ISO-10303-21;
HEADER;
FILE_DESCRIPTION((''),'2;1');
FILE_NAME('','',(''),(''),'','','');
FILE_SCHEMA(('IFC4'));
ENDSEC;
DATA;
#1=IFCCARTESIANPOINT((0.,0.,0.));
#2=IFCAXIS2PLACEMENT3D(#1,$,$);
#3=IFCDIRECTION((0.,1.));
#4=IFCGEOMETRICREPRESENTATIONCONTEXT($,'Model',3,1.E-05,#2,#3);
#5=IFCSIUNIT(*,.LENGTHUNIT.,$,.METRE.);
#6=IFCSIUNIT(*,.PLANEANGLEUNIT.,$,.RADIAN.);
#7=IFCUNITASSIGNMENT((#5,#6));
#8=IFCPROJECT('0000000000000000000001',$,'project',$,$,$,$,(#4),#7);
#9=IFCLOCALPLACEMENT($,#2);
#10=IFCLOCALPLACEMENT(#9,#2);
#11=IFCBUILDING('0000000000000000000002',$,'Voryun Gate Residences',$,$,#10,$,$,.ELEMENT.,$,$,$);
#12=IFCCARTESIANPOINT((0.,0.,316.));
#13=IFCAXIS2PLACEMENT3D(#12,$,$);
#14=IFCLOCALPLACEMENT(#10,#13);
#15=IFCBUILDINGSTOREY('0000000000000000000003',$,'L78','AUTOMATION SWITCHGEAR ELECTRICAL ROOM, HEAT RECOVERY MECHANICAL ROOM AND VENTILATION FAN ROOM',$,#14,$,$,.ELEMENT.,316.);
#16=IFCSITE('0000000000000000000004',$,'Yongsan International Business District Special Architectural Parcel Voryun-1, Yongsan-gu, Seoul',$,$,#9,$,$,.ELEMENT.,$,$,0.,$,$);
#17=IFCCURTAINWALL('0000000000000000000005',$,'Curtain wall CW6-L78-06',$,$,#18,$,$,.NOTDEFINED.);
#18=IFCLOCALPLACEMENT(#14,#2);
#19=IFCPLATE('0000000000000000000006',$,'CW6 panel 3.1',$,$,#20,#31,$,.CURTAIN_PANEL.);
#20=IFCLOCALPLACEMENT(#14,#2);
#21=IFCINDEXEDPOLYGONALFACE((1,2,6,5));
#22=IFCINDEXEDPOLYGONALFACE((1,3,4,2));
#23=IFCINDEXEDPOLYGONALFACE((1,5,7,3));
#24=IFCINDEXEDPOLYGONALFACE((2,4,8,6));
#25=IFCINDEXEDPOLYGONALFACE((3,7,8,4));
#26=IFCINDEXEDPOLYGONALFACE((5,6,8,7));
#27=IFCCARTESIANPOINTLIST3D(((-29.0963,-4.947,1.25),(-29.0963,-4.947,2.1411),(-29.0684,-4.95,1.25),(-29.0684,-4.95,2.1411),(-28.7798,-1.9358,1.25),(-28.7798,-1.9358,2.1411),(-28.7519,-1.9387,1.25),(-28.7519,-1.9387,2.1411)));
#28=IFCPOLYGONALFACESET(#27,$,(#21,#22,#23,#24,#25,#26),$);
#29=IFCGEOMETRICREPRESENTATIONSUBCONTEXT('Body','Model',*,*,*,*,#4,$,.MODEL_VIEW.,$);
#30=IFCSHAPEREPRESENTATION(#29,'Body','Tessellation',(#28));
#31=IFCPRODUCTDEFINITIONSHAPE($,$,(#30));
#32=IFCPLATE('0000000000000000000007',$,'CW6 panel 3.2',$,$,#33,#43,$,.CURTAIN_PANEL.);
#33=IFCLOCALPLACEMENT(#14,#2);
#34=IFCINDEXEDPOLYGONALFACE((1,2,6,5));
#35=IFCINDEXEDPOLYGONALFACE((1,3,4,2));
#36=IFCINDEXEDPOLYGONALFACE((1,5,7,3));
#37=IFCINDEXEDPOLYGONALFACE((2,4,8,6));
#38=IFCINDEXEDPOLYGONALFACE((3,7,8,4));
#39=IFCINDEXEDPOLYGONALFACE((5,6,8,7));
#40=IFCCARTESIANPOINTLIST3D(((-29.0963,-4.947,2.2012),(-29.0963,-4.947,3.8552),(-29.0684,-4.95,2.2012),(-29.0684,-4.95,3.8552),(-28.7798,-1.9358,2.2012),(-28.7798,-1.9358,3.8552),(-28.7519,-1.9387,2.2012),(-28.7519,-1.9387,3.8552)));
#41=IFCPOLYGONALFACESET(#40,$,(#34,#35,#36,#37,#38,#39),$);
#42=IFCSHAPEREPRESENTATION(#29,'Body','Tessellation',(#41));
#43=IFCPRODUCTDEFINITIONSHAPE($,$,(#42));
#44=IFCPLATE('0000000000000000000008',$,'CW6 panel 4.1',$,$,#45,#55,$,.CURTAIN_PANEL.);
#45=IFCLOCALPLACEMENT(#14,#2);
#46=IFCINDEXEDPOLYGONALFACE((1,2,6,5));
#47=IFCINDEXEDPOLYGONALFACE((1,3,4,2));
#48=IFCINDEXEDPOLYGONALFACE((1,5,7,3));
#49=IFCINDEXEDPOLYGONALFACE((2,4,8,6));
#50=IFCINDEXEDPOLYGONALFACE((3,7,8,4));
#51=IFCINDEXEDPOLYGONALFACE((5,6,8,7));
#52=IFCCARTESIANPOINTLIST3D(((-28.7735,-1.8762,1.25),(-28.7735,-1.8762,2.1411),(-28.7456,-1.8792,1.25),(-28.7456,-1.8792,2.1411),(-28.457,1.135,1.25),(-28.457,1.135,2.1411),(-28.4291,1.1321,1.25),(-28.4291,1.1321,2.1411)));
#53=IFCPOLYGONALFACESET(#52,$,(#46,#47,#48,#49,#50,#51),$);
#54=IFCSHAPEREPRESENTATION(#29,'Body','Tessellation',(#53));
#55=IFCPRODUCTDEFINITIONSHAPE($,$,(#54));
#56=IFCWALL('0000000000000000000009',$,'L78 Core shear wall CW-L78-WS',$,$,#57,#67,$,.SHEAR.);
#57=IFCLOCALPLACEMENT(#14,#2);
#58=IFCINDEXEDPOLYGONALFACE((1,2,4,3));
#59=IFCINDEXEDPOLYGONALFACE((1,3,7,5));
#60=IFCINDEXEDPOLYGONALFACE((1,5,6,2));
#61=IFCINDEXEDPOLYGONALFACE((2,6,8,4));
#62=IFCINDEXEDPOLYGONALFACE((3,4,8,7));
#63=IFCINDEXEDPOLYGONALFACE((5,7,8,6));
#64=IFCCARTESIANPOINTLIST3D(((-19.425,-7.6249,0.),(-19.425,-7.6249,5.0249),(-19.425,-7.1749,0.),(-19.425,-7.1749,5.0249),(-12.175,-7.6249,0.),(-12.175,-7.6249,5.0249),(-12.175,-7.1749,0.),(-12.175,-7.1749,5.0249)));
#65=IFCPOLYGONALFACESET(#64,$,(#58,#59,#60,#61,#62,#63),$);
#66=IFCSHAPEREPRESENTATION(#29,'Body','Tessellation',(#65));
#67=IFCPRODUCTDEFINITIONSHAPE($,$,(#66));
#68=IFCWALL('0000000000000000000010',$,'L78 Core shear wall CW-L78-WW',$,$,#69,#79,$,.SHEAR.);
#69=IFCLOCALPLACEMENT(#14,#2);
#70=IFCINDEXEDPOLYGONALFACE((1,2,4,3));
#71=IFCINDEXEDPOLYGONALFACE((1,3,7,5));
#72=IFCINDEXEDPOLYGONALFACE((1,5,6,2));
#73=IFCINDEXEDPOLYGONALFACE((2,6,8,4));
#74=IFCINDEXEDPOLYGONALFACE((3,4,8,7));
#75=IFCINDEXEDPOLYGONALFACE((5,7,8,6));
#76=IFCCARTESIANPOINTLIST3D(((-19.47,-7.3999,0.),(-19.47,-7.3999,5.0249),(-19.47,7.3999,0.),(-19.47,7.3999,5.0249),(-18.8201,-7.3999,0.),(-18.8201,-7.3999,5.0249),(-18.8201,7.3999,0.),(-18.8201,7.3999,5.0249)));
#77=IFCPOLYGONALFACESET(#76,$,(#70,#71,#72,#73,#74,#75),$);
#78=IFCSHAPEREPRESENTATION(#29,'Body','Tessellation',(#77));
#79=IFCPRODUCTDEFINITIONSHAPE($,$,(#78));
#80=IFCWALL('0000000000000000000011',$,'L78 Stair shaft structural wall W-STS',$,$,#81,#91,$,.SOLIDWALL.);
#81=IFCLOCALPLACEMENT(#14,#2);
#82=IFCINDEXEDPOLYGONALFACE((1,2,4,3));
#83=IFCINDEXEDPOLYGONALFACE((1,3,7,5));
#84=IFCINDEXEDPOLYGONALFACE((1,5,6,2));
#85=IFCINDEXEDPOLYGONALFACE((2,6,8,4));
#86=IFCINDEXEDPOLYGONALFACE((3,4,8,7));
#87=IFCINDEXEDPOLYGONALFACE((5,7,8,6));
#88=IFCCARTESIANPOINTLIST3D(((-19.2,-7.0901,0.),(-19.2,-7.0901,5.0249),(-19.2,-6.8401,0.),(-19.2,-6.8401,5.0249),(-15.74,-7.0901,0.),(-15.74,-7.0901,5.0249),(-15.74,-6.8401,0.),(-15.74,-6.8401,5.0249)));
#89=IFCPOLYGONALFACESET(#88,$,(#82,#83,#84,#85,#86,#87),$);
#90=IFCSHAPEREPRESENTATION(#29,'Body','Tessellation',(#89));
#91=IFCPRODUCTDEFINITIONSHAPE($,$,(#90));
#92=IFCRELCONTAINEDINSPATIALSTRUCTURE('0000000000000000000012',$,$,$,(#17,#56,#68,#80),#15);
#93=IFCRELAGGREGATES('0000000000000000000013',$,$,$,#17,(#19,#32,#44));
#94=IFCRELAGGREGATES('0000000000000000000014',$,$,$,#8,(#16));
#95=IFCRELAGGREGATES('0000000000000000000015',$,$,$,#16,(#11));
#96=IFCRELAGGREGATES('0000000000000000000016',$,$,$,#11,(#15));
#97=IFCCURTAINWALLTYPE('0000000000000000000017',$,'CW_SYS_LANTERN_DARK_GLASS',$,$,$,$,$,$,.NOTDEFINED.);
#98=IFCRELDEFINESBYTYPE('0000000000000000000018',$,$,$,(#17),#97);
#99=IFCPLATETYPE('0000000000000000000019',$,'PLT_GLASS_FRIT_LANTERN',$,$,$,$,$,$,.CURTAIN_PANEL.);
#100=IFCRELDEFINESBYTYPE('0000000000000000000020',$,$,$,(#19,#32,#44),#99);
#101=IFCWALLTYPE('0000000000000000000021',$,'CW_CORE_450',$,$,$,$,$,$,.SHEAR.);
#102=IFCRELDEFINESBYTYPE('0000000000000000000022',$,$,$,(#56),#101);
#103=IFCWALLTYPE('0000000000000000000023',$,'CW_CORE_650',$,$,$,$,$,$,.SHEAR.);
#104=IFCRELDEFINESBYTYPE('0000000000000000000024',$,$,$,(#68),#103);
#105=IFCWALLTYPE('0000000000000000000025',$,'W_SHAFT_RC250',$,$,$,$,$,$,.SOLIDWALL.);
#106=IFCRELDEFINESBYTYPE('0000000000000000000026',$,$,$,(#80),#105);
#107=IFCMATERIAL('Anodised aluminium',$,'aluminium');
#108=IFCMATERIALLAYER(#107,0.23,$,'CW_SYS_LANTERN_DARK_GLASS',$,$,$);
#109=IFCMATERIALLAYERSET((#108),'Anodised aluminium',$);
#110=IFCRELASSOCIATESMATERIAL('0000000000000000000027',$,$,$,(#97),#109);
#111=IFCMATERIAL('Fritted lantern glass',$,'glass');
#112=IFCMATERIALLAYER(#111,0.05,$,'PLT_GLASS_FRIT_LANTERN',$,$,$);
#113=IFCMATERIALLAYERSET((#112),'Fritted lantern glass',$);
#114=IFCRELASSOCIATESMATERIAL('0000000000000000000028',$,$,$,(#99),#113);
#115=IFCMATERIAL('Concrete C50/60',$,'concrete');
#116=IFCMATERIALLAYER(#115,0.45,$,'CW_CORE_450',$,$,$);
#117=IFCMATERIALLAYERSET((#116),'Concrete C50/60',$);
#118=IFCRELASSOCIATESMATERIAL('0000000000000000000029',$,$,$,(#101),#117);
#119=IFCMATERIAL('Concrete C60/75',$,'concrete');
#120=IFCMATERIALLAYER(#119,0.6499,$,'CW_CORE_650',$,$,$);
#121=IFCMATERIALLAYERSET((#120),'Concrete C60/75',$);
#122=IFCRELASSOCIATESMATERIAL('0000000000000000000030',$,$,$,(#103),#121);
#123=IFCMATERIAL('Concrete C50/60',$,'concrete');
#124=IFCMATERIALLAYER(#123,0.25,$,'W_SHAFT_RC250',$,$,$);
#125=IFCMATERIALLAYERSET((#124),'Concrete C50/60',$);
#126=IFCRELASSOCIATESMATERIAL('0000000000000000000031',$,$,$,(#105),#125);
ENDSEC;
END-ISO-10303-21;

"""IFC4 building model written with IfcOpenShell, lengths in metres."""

from ifc_helpers import new_model, si_unit, direction, frame, frame_2d, origin, origin_2d, place, context, subcontext, project, spatial, rectangle, extrude, material, layer, layer_set, type_object, element, aggregate, save


model = new_model("IFC4")

# Units and contexts
model_context = context("Model", 3, precision=1e-05, world=origin(), true_north=direction((0.0, 1.0)))
body_context = subcontext(model_context, "Body", "Model", "MODEL_VIEW")
ifc_project = project(units=[si_unit("LENGTHUNIT", "METRE"), si_unit("PLANEANGLEUNIT", "RADIAN")], contexts=[model_context])

# Site, building, storey
site_placement = place(None, origin())
site = spatial("IfcSite", under=ifc_project, at=site_placement, Name="Yongsan International Business District Special Architectural Parcel Voryun-1, Yongsan-gu, Seoul", CompositionType="ELEMENT", RefElevation=0.0)
building_placement = place(site_placement, origin())
building = spatial("IfcBuilding", under=site, at=building_placement, Name="Voryun Gate Residences", CompositionType="ELEMENT")
storey_placement = place(building_placement, frame((0.0, 0.0, 316.0)))
storey = spatial("IfcBuildingStorey", under=building, at=storey_placement, Name="L78", Description="AUTOMATION SWITCHGEAR ELECTRICAL ROOM, HEAT RECOVERY MECHANICAL ROOM AND VENTILATION FAN ROOM", CompositionType="ELEMENT", Elevation=316.0)

# Curtain wall
ifc_material_1 = material(Name="Anodised aluminium", Category="aluminium")
ifc_layer_1 = layer(ifc_material_1, 0.23, Name="CW_SYS_LANTERN_DARK_GLASS")
ifc_layer_set_1 = layer_set([ifc_layer_1], Name="Anodised aluminium")
curtain_wall_type = type_object("IfcCurtainWallType", Name="CW_SYS_LANTERN_DARK_GLASS", PredefinedType="NOTDEFINED", material=ifc_layer_set_1)
curtain_wall_placement = place(storey_placement, origin())
curtain_wall = element("IfcCurtainWall", 1, at=curtain_wall_placement, inside=storey, type_object=curtain_wall_type, Name="Curtain wall CW6-L78-06", PredefinedType="NOTDEFINED")

# Plates
ifc_material_2 = material(Name="Fritted lantern glass", Category="glass")
ifc_layer_2 = layer(ifc_material_2, 0.05, Name="PLT_GLASS_FRIT_LANTERN")
ifc_layer_set_2 = layer_set([ifc_layer_2], Name="Fritted lantern glass")
plate_type_1 = type_object("IfcPlateType", Name="PLT_GLASS_FRIT_LANTERN", PredefinedType="CURTAIN_PANEL", material=ifc_layer_set_2)
plate_1_placement = place(storey_placement, frame((-28.9241, -3.4429, 1.25), z_axis=(0.0, 0.0, 1.0), x_axis=(0.104528, 0.994522, 0.0)))
plate_1 = element("IfcPlate", 2, at=plate_1_placement, type_object=plate_type_1, Name="CW6 panel 3.1", PredefinedType="CURTAIN_PANEL", context=body_context, shape_type="SweptSolid", body=[
    extrude(rectangle(XDim=3.0278, YDim=0.0281, at=origin_2d()), origin(), (0.0, 0.0, 1.0), 0.8911),
])
plate_2_placement = place(storey_placement, frame((-28.9241, -3.4429, 2.2012), z_axis=(0.0, 0.0, 1.0), x_axis=(0.104528, 0.994522, 0.0)))
plate_2 = element("IfcPlate", 3, at=plate_2_placement, type_object=plate_type_1, Name="CW6 panel 3.2", PredefinedType="CURTAIN_PANEL", context=body_context, shape_type="SweptSolid", body=[
    extrude(rectangle(XDim=3.0278, YDim=0.0281, at=origin_2d()), origin(), (0.0, 0.0, 1.0), 1.6541),
])
plate_3_placement = place(storey_placement, frame((-28.6013, -0.3721, 1.25), z_axis=(0.0, 0.0, 1.0), x_axis=(0.104528, 0.994522, 0.0)))
plate_3 = element("IfcPlate", 4, at=plate_3_placement, type_object=plate_type_1, Name="CW6 panel 4.1", PredefinedType="CURTAIN_PANEL", context=body_context, shape_type="SweptSolid", body=[
    extrude(rectangle(XDim=3.0278, YDim=0.0281, at=origin_2d()), origin(), (0.0, 0.0, 1.0), 0.8911),
])
aggregate(curtain_wall, [plate_1, plate_2, plate_3])

# Walls
ifc_material_3 = material(Name="Concrete C50/60", Category="concrete")
ifc_layer_3 = layer(ifc_material_3, 0.45, Name="CW_CORE_450")
ifc_layer_set_3 = layer_set([ifc_layer_3], Name="Concrete C50/60")
wall_type_1 = type_object("IfcWallType", Name="CW_CORE_450", PredefinedType="SHEAR", material=ifc_layer_set_3)
wall_1_placement = place(storey_placement, frame((-19.425, -7.3999, 0.0), z_axis=(0.0, 0.0, 1.0), x_axis=(1.0, 0.0, 0.0)))
element("IfcWall", 5, at=wall_1_placement, inside=storey, type_object=wall_type_1, Name="L78 Core shear wall CW-L78-WS", PredefinedType="SHEAR", context=body_context, shape_type="SweptSolid", body=[
    extrude(rectangle(XDim=7.25, YDim=0.45, at=frame_2d((3.625, 0.0))), origin(), (0.0, 0.0, 1.0), 5.0249),
])
ifc_material_4 = material(Name="Concrete C60/75", Category="concrete")
ifc_layer_4 = layer(ifc_material_4, 0.6499, Name="CW_CORE_650")
ifc_layer_set_4 = layer_set([ifc_layer_4], Name="Concrete C60/75")
wall_type_2 = type_object("IfcWallType", Name="CW_CORE_650", PredefinedType="SHEAR", material=ifc_layer_set_4)
wall_2_placement = place(storey_placement, frame((-19.145, -7.3999, 0.0), z_axis=(0.0, 0.0, 1.0), x_axis=(0.0, 1.0, 0.0)))
element("IfcWall", 6, at=wall_2_placement, inside=storey, type_object=wall_type_2, Name="L78 Core shear wall CW-L78-WW", PredefinedType="SHEAR", context=body_context, shape_type="SweptSolid", body=[
    extrude(rectangle(XDim=14.7998, YDim=0.6499, at=frame_2d((7.3999, 0.0))), origin(), (0.0, 0.0, 1.0), 5.0249),
])
ifc_material_5 = material(Name="Concrete C50/60", Category="concrete")
ifc_layer_5 = layer(ifc_material_5, 0.25, Name="W_SHAFT_RC250")
ifc_layer_set_5 = layer_set([ifc_layer_5], Name="Concrete C50/60")
wall_type_3 = type_object("IfcWallType", Name="W_SHAFT_RC250", PredefinedType="SOLIDWALL", material=ifc_layer_set_5)
wall_3_placement = place(storey_placement, frame((-19.2, -6.9651, 0.0), z_axis=(0.0, 0.0, 1.0), x_axis=(1.0, 0.0, 0.0)))
element("IfcWall", 7, at=wall_3_placement, inside=storey, type_object=wall_type_3, Name="L78 Stair shaft structural wall W-STS", PredefinedType="SOLIDWALL", context=body_context, shape_type="SweptSolid", body=[
    extrude(rectangle(XDim=3.46, YDim=0.25, at=frame_2d((1.73, 0.0))), origin(), (0.0, 0.0, 1.0), 5.0249),
])

save(model, "model.ifc")
